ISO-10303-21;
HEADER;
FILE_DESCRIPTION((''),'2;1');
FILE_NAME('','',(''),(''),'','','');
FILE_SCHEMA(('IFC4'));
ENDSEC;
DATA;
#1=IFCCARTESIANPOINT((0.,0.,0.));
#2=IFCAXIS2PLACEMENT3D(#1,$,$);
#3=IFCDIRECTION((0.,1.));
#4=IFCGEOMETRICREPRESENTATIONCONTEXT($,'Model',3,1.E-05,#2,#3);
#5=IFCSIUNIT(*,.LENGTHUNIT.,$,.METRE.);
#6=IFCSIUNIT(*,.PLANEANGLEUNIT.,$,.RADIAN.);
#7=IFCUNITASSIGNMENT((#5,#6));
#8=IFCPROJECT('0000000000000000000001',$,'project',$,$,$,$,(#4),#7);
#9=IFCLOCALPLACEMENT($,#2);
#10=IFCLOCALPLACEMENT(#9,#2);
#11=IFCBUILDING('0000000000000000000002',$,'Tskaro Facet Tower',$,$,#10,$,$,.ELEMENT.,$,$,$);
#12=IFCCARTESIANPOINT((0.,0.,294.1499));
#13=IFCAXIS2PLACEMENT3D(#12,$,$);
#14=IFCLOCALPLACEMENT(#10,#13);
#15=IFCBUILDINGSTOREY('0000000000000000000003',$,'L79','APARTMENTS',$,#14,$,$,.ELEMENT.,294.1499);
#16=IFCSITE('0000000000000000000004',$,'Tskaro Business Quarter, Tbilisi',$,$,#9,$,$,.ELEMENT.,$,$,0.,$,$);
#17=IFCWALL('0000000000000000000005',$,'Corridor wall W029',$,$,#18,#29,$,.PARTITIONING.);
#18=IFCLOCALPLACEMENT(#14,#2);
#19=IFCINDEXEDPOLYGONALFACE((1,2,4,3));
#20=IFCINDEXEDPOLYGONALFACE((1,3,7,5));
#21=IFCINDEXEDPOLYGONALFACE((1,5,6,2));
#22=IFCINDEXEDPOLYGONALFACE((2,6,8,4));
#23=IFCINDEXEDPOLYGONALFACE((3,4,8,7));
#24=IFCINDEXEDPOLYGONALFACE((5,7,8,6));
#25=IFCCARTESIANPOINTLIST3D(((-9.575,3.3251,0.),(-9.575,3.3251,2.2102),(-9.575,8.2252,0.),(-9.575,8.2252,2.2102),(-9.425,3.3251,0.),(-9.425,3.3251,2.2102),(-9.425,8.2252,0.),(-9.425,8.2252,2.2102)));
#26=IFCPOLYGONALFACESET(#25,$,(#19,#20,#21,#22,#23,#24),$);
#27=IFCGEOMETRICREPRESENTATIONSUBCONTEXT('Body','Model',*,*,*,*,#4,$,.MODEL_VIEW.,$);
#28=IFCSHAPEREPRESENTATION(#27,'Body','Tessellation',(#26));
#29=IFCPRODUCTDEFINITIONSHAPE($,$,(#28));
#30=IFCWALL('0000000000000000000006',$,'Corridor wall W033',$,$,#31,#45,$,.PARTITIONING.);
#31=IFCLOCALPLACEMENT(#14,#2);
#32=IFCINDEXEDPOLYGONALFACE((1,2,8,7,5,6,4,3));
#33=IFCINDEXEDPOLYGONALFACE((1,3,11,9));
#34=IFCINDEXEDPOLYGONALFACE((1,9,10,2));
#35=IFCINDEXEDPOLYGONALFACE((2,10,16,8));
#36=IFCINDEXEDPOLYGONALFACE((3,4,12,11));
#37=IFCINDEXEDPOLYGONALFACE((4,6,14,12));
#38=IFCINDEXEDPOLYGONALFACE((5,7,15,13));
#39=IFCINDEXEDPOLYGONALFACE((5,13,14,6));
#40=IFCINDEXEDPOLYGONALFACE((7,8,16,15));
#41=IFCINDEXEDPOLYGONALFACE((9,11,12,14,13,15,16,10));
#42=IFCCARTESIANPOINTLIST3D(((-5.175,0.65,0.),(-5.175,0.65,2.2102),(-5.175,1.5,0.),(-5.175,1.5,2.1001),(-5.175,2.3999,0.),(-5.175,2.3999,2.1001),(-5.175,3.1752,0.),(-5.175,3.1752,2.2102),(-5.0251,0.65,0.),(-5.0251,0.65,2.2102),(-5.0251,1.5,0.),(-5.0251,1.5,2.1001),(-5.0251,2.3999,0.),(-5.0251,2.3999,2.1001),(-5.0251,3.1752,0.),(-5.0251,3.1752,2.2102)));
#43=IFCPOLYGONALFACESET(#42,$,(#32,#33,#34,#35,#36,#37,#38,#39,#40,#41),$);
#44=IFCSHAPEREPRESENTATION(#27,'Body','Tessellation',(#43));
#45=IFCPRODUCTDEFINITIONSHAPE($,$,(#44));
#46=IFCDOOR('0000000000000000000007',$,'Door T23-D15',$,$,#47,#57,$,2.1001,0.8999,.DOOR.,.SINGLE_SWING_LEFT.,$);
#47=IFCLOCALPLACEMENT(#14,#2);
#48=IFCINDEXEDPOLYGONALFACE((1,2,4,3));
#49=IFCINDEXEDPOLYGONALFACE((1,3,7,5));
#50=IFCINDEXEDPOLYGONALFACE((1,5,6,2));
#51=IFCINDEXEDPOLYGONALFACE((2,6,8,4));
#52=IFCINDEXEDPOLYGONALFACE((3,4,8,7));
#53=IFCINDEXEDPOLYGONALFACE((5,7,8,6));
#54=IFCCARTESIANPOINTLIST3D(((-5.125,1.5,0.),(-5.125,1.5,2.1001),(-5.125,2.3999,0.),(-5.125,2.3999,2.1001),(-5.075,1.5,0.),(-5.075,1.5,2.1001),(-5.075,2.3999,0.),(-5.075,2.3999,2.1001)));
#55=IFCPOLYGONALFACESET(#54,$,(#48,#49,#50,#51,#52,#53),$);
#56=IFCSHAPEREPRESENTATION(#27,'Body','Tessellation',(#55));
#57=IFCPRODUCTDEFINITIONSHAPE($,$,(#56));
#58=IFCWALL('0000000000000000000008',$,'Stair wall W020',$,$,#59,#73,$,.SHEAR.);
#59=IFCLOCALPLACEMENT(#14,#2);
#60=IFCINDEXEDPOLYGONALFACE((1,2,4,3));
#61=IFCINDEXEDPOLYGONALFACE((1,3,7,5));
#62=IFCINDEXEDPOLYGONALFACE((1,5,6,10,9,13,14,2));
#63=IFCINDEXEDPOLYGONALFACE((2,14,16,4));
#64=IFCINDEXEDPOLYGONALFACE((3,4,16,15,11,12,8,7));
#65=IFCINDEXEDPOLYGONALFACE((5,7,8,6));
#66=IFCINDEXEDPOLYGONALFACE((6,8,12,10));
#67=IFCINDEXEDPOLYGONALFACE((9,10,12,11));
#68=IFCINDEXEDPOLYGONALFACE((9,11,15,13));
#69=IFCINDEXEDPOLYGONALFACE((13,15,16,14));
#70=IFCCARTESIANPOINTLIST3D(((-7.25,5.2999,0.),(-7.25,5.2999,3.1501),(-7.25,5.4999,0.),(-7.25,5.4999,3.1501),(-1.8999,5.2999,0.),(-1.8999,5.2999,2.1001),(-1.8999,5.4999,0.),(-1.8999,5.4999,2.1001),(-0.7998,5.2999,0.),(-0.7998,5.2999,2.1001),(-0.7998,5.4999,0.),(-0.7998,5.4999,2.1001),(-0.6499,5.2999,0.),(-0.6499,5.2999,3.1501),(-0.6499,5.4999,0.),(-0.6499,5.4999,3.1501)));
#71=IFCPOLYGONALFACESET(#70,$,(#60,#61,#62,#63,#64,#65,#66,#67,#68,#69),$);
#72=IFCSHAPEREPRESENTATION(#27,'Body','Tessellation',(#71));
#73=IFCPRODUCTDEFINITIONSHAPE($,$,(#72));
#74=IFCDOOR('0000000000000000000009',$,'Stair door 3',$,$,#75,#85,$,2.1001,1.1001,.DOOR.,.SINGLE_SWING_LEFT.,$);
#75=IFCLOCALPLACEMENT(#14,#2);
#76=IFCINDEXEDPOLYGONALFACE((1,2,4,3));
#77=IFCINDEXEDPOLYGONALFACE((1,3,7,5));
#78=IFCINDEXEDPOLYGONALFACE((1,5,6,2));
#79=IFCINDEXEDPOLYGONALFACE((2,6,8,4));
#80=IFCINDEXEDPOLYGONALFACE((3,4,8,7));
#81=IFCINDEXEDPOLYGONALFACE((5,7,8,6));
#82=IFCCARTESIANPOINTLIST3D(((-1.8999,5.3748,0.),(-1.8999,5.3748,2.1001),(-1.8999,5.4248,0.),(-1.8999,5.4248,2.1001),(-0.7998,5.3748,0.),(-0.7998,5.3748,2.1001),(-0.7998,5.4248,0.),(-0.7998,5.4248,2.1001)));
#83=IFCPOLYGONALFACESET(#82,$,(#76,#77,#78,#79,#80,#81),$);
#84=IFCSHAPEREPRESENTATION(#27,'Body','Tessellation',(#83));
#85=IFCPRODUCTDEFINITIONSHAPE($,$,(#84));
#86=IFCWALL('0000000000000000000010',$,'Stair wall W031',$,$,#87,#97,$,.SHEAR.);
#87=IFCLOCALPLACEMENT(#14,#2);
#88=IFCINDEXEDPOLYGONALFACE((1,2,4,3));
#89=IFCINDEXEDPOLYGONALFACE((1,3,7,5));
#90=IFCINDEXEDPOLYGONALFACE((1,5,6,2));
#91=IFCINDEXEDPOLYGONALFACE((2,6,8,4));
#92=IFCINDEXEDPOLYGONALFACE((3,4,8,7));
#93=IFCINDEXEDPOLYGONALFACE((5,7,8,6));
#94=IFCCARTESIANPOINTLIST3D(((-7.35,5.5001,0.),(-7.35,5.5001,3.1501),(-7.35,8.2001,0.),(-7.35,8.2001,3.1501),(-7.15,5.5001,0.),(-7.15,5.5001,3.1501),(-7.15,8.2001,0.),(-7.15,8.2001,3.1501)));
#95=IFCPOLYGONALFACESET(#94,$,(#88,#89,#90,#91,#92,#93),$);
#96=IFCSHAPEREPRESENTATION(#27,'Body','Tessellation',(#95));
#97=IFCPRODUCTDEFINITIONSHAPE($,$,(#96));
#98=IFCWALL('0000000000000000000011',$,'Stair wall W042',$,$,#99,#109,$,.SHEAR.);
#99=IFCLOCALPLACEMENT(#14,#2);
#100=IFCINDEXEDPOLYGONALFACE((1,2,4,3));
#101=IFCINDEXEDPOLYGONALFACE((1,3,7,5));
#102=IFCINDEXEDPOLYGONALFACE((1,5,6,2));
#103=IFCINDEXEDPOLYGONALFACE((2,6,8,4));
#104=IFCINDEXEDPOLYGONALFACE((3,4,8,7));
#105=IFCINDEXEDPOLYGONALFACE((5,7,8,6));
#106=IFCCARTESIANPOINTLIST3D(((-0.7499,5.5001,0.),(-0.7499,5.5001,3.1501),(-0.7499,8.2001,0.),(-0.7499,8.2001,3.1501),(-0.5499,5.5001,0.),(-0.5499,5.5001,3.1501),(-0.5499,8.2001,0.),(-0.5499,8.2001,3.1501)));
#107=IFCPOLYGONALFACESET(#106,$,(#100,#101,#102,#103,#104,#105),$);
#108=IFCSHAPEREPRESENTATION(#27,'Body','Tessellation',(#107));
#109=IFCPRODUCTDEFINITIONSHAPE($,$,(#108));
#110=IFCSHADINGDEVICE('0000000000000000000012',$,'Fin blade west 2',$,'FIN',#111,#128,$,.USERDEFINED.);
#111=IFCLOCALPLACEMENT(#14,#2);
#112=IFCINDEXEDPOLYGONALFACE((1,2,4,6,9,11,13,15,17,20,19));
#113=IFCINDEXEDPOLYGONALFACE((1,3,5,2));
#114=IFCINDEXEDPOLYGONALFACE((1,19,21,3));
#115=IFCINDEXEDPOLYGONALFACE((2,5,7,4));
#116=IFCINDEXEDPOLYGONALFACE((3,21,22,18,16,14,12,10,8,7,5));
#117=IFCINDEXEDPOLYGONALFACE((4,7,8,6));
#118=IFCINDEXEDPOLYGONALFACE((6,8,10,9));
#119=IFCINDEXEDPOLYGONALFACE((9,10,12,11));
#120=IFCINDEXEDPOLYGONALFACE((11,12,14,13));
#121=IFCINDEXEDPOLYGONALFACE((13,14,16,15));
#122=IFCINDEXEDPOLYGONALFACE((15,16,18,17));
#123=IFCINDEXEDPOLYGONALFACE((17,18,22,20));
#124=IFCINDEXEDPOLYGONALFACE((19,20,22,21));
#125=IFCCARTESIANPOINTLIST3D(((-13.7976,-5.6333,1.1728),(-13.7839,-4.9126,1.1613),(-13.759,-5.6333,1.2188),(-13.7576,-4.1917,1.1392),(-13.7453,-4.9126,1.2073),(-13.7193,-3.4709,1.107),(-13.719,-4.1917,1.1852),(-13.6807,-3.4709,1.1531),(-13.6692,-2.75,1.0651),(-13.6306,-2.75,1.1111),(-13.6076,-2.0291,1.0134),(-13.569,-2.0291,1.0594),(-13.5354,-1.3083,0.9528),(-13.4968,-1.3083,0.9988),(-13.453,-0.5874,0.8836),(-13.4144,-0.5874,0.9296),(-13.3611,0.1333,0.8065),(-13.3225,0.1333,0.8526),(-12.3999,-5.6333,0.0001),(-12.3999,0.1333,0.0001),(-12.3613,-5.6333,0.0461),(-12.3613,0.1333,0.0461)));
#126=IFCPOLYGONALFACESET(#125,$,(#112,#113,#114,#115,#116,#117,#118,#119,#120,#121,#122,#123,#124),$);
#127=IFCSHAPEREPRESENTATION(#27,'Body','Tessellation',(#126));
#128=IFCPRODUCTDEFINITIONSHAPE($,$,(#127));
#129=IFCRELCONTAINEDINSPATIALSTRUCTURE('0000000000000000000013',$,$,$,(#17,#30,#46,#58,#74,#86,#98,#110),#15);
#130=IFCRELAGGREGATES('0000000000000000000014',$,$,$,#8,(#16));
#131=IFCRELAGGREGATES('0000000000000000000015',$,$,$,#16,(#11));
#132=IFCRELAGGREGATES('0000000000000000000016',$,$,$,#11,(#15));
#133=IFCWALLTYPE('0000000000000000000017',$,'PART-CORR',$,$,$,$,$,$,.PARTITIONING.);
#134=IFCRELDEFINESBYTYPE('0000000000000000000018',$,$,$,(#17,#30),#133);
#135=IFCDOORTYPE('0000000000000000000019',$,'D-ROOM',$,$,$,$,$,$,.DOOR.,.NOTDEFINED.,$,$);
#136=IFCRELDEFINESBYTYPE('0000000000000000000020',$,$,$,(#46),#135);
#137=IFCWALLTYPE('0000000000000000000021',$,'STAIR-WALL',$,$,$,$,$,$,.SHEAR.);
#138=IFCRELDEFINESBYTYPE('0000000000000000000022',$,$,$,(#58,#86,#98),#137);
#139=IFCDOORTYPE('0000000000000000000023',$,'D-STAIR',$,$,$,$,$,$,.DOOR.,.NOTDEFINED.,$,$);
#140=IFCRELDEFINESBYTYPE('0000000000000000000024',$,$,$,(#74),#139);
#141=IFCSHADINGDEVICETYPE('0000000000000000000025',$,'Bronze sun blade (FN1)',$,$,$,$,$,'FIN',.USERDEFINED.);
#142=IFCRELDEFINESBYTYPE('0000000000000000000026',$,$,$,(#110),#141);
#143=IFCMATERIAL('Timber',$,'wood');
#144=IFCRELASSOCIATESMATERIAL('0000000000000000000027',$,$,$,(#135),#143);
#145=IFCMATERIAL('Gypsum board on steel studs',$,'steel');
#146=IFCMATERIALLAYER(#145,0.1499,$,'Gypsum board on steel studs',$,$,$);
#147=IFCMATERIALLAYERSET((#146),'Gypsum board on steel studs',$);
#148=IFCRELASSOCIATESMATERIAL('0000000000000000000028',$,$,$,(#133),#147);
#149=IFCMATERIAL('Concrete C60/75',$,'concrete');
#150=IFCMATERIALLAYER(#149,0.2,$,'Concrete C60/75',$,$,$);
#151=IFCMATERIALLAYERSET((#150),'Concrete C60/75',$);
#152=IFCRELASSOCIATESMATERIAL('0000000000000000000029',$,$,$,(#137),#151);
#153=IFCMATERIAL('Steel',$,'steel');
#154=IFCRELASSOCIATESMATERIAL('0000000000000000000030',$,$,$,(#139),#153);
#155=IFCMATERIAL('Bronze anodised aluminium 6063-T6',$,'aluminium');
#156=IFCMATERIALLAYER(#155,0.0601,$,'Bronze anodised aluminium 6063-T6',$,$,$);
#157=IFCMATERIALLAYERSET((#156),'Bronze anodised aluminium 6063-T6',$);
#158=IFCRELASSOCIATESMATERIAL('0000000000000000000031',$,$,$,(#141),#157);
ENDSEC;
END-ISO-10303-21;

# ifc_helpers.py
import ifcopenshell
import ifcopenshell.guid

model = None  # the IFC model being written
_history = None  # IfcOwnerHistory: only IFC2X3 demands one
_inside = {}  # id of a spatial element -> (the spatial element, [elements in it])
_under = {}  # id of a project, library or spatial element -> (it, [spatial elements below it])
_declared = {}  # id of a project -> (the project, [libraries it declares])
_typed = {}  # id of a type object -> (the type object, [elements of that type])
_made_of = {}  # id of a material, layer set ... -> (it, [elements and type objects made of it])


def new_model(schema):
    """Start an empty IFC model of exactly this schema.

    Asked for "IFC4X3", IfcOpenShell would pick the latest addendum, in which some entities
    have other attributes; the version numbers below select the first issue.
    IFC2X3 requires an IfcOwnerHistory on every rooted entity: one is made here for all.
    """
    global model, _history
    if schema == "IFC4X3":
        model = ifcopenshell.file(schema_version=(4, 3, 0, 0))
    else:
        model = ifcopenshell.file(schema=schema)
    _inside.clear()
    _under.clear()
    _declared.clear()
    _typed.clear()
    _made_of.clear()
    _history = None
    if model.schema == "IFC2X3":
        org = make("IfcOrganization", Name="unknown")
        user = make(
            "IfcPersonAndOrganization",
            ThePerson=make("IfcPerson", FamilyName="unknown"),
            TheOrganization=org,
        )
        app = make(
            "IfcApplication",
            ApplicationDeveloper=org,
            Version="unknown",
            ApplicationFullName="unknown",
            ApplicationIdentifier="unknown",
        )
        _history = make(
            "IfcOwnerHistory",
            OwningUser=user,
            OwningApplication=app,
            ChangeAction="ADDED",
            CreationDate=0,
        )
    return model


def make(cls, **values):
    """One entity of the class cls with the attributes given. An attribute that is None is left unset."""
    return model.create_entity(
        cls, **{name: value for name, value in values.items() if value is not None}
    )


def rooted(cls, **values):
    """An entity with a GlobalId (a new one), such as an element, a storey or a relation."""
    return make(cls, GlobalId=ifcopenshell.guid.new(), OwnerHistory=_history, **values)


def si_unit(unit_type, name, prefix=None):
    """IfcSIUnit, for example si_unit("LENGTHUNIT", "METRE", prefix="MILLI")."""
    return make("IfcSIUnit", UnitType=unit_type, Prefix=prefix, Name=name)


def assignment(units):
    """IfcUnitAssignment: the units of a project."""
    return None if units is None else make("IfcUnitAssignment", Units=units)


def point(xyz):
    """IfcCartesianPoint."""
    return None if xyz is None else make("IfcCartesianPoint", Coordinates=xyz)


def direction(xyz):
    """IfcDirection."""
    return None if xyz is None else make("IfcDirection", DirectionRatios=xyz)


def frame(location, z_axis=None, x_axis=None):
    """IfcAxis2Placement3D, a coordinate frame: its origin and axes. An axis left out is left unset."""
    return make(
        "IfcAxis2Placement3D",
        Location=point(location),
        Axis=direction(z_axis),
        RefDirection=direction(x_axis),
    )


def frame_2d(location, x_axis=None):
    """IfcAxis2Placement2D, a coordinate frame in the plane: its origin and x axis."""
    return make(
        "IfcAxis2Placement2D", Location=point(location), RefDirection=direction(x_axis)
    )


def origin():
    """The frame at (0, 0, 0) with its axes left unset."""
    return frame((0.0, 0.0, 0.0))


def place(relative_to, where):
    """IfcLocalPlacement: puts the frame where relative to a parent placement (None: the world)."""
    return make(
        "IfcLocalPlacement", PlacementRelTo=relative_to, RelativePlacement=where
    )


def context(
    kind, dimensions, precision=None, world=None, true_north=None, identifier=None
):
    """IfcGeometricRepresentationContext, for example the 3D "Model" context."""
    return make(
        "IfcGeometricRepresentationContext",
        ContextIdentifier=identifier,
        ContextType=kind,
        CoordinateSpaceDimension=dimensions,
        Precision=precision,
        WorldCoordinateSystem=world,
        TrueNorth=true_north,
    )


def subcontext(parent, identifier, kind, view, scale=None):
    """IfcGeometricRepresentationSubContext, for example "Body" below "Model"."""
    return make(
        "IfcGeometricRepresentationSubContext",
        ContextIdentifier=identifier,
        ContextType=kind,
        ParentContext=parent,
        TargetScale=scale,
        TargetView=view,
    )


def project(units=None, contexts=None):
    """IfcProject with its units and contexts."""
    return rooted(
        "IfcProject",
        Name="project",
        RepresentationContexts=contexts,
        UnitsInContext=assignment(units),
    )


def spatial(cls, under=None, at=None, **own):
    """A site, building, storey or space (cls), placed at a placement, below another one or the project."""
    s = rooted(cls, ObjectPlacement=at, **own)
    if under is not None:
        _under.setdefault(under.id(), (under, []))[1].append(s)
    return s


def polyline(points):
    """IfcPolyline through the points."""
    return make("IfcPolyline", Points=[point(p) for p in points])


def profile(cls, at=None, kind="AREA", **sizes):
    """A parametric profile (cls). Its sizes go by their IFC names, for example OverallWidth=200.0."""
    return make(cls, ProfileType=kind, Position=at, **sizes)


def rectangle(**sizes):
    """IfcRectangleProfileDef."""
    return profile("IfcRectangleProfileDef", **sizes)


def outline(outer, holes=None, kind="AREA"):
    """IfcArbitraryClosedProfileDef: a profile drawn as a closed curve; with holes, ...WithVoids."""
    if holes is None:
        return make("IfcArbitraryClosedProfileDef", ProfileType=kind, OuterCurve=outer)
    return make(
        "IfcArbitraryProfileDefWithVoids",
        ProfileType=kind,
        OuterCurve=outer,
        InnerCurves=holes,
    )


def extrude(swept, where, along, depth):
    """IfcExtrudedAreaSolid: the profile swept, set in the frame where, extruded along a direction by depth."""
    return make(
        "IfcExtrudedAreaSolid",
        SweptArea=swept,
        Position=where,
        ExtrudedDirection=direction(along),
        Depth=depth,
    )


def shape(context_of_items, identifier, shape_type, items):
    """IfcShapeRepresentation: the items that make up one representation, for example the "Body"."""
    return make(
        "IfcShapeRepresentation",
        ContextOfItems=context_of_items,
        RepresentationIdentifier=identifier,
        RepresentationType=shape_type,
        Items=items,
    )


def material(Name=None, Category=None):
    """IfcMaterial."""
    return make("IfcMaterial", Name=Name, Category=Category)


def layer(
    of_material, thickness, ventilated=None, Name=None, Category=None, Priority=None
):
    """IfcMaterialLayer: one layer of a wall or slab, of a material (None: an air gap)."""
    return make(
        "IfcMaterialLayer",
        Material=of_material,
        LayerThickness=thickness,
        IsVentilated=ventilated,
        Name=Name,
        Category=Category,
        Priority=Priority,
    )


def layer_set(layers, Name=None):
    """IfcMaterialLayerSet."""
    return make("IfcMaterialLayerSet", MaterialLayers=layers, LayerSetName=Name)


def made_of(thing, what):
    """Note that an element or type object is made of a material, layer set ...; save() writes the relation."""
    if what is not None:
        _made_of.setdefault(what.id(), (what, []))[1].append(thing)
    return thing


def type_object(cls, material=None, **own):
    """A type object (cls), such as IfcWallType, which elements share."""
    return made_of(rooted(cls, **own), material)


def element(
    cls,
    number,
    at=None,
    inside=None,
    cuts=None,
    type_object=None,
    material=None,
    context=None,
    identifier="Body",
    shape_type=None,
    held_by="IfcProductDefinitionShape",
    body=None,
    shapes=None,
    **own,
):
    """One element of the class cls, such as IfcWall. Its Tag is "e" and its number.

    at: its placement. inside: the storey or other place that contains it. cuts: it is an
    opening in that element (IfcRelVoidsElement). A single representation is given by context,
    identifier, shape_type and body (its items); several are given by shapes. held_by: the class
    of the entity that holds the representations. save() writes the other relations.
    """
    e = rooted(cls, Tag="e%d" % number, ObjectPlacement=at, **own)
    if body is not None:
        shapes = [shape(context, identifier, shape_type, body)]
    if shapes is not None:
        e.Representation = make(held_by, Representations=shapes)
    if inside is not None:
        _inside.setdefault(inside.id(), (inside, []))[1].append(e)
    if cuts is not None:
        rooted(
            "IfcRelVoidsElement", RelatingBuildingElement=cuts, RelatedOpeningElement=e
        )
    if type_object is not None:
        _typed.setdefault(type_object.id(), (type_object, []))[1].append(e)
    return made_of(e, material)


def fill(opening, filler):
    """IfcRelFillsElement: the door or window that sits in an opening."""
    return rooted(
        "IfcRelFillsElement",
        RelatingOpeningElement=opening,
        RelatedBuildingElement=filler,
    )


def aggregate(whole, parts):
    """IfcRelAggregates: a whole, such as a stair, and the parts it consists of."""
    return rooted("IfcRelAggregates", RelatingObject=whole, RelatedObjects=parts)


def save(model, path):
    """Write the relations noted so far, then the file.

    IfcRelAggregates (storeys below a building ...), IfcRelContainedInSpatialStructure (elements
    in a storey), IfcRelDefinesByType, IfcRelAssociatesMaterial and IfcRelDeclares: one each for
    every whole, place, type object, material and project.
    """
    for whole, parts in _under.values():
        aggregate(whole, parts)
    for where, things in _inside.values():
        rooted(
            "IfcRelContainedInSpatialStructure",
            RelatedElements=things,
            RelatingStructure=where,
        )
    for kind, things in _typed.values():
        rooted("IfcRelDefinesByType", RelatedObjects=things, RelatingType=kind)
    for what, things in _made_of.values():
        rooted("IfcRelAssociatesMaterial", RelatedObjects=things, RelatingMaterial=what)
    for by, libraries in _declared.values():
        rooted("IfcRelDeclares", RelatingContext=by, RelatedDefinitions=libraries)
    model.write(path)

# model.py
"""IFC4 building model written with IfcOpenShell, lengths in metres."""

from ifc_helpers import new_model, si_unit, direction, frame, frame_2d, origin, place, context, subcontext, project, spatial, polyline, rectangle, outline, extrude, material, layer, layer_set, type_object, element, fill, save


model = new_model("IFC4")

# Units and contexts
model_context = context("Model", 3, precision=1e-05, world=origin(), true_north=direction((0.0, 1.0)))
body_context = subcontext(model_context, "Body", "Model", "MODEL_VIEW")
ifc_project = project(units=[si_unit("LENGTHUNIT", "METRE"), si_unit("PLANEANGLEUNIT", "RADIAN")], contexts=[model_context])

# Site, building, storey
site_placement = place(None, origin())
site = spatial("IfcSite", under=ifc_project, at=site_placement, Name="Tskaro Business Quarter, Tbilisi", CompositionType="ELEMENT", RefElevation=0.0)
building_placement = place(site_placement, origin())
building = spatial("IfcBuilding", under=site, at=building_placement, Name="Tskaro Facet Tower", CompositionType="ELEMENT")
storey_placement = place(building_placement, frame((0.0, 0.0, 294.1499)))
storey = spatial("IfcBuildingStorey", under=building, at=storey_placement, Name="L79", Description="APARTMENTS", CompositionType="ELEMENT", Elevation=294.1499)

# Shared definitions
ifc_material_1 = material(Name="Bronze anodised aluminium 6063-T6", Category="aluminium")

# Shared definitions
ifc_material_2 = material(Name="Concrete C60/75", Category="concrete")

# Shared definitions
ifc_material_3 = material(Name="Timber", Category="wood")
door_type_1 = type_object("IfcDoorType", Name="D-ROOM", OperationType="NOTDEFINED", PredefinedType="DOOR", material=ifc_material_3)

# Shared definitions
ifc_material_4 = material(Name="Steel", Category="steel")

# Shared definitions
ifc_material_5 = material(Name="Gypsum board on steel studs", Category="steel")

# Wall
ifc_layer_1 = layer(ifc_material_5, 0.1499, Name="Gypsum board on steel studs")
ifc_layer_set_1 = layer_set([ifc_layer_1], Name="Gypsum board on steel studs")
wall_type_1 = type_object("IfcWallType", Name="PART-CORR", PredefinedType="PARTITIONING", material=ifc_layer_set_1)
wall_1_placement = place(storey_placement, frame((-9.5, 3.325, 0.0), z_axis=(0.0, 0.0, 1.0), x_axis=(0.0, 1.0, 0.0)))
element("IfcWall", 1, at=wall_1_placement, inside=storey, type_object=wall_type_1, Name="Corridor wall W029", PredefinedType="PARTITIONING", context=body_context, shape_type="SweptSolid", body=[
    extrude(rectangle(XDim=4.9001, YDim=0.1499, at=frame_2d((2.4502, 0.0))), origin(), (0.0, 0.0, 1.0), 2.2102),
])

# Walls, openings, doors
wall_2_placement = place(storey_placement, frame((-5.1001, 0.6499, 0.0), z_axis=(0.0, 0.0, 1.0), x_axis=(0.0, 1.0, 0.0)))
wall_2 = element("IfcWall", 2, at=wall_2_placement, inside=storey, type_object=wall_type_1, Name="Corridor wall W033", PredefinedType="PARTITIONING", context=body_context, shape_type="SweptSolid", body=[
    extrude(rectangle(XDim=2.5251, YDim=0.1499, at=frame_2d((1.2627, 0.0))), origin(), (0.0, 0.0, 1.0), 2.2102),
])
opening_1_placement = place(wall_2_placement, frame((0.8501, 0.0, 0.0)))
opening_1 = element("IfcOpeningElement", 3, at=opening_1_placement, cuts=wall_2, PredefinedType="OPENING", context=body_context, shape_type="SweptSolid", body=[
    extrude(rectangle(XDim=0.8999, YDim=2.1001, at=frame_2d((0.45, 1.05))), frame((0.0, 0.085, 0.0), z_axis=(0.0, -1.0, 0.0), x_axis=(1.0, 0.0, 0.0)), (0.0, 0.0, 1.0), 0.1699),
])
door_1_placement = place(opening_1_placement, origin())
door_1 = element("IfcDoor", 4, at=door_1_placement, inside=storey, type_object=door_type_1, Name="Door T23-D15", OperationType="SINGLE_SWING_LEFT", OverallHeight=2.1001, OverallWidth=0.8999, PredefinedType="DOOR", context=body_context, shape_type="SweptSolid", body=[
    extrude(rectangle(XDim=0.8999, YDim=2.1001, at=frame_2d((0.45, 1.05))), frame((0.0, 0.0249, 0.0), z_axis=(0.0, -1.0, 0.0), x_axis=(1.0, 0.0, 0.0)), (0.0, 0.0, 1.0), 0.05),
])
fill(opening_1, door_1)
ifc_layer_2 = layer(ifc_material_2, 0.2, Name="Concrete C60/75")
ifc_layer_set_2 = layer_set([ifc_layer_2], Name="Concrete C60/75")
wall_type_2 = type_object("IfcWallType", Name="STAIR-WALL", PredefinedType="SHEAR", material=ifc_layer_set_2)
wall_3_placement = place(storey_placement, frame((-7.25, 5.3999, 0.0), z_axis=(0.0, 0.0, 1.0), x_axis=(1.0, 0.0, 0.0)))
wall_3 = element("IfcWall", 5, at=wall_3_placement, inside=storey, type_object=wall_type_2, Name="Stair wall W020", PredefinedType="SHEAR", context=body_context, shape_type="SweptSolid", body=[
    extrude(rectangle(XDim=6.6001, YDim=0.2, at=frame_2d((3.3, 0.0))), origin(), (0.0, 0.0, 1.0), 3.1501),
])
opening_2_placement = place(wall_3_placement, frame((5.3501, 0.0, 0.0)))
opening_2 = element("IfcOpeningElement", 6, at=opening_2_placement, cuts=wall_3, PredefinedType="OPENING", context=body_context, shape_type="SweptSolid", body=[
    extrude(rectangle(XDim=1.1001, YDim=2.1001, at=frame_2d((0.55, 1.05))), frame((0.0, 0.1099, 0.0), z_axis=(0.0, -1.0, 0.0), x_axis=(1.0, 0.0, 0.0)), (0.0, 0.0, 1.0), 0.22),
])
door_type_2 = type_object("IfcDoorType", Name="D-STAIR", OperationType="NOTDEFINED", PredefinedType="DOOR", material=ifc_material_4)
door_2_placement = place(opening_2_placement, origin())
door_2 = element("IfcDoor", 7, at=door_2_placement, inside=storey, type_object=door_type_2, Name="Stair door 3", OperationType="SINGLE_SWING_LEFT", OverallHeight=2.1001, OverallWidth=1.1001, PredefinedType="DOOR", context=body_context, shape_type="SweptSolid", body=[
    extrude(rectangle(XDim=1.1001, YDim=2.1001, at=frame_2d((0.55, 1.05))), frame((0.0, 0.0249, 0.0), z_axis=(0.0, -1.0, 0.0), x_axis=(1.0, 0.0, 0.0)), (0.0, 0.0, 1.0), 0.05),
])
fill(opening_2, door_2)

# Walls
for number, where, z_axis, x_axis, name in (
    (8, (-7.25, 5.5, 0.0), (0.0, 0.0, 1.0), (0.0, 1.0, 0.0), "Stair wall W031"),
    (9, (-0.6499, 5.5, 0.0), (0.0, 0.0, 1.0), (0.0, 1.0, 0.0), "Stair wall W042"),
):
    element("IfcWall", number, at=place(storey_placement, frame(where, z_axis=z_axis, x_axis=x_axis)), inside=storey, type_object=wall_type_2, Name=name, PredefinedType="SHEAR", context=body_context, shape_type="SweptSolid", body=[
        extrude(rectangle(XDim=2.7, YDim=0.2, at=frame_2d((1.3501, 0.0))), origin(), (0.0, 0.0, 1.0), 3.1501),
    ])

# Shading device
ifc_layer_3 = layer(ifc_material_1, 0.0601, Name="Bronze anodised aluminium 6063-T6")
ifc_layer_set_3 = layer_set([ifc_layer_3], Name="Bronze anodised aluminium 6063-T6")
shading_device_type = type_object("IfcShadingDeviceType", Name="Bronze sun blade (FN1)", ElementType="FIN", PredefinedType="USERDEFINED", material=ifc_layer_set_3)
shading_device_placement = place(storey_placement, frame((-12.3613, 0.1333, 0.0461), z_axis=(0.642738, -0.000003, 0.766086), x_axis=(-0.000002, -1.0, -0.000002)))
element("IfcShadingDevice", 10, at=shading_device_placement, inside=storey, type_object=shading_device_type, Name="Fin blade west 2", ObjectType="FIN", PredefinedType="USERDEFINED", context=body_context, shape_type="SweptSolid", body=[
    extrude(outline(polyline([(0.0, 0.0), (5.7666, 0.0), (5.7666, -1.8244), (5.0459, -1.8066), (4.325, -1.7723), (3.6042, -1.7222), (2.8833, -1.6569), (2.1624, -1.5765), (1.4417, -1.4822), (0.7207, -1.3746), (0.0, -1.2546), (0.0, 0.0)])), origin(), (0.0, 0.0, -1.0), 0.0601),
])

save(model, "model.ifc")
